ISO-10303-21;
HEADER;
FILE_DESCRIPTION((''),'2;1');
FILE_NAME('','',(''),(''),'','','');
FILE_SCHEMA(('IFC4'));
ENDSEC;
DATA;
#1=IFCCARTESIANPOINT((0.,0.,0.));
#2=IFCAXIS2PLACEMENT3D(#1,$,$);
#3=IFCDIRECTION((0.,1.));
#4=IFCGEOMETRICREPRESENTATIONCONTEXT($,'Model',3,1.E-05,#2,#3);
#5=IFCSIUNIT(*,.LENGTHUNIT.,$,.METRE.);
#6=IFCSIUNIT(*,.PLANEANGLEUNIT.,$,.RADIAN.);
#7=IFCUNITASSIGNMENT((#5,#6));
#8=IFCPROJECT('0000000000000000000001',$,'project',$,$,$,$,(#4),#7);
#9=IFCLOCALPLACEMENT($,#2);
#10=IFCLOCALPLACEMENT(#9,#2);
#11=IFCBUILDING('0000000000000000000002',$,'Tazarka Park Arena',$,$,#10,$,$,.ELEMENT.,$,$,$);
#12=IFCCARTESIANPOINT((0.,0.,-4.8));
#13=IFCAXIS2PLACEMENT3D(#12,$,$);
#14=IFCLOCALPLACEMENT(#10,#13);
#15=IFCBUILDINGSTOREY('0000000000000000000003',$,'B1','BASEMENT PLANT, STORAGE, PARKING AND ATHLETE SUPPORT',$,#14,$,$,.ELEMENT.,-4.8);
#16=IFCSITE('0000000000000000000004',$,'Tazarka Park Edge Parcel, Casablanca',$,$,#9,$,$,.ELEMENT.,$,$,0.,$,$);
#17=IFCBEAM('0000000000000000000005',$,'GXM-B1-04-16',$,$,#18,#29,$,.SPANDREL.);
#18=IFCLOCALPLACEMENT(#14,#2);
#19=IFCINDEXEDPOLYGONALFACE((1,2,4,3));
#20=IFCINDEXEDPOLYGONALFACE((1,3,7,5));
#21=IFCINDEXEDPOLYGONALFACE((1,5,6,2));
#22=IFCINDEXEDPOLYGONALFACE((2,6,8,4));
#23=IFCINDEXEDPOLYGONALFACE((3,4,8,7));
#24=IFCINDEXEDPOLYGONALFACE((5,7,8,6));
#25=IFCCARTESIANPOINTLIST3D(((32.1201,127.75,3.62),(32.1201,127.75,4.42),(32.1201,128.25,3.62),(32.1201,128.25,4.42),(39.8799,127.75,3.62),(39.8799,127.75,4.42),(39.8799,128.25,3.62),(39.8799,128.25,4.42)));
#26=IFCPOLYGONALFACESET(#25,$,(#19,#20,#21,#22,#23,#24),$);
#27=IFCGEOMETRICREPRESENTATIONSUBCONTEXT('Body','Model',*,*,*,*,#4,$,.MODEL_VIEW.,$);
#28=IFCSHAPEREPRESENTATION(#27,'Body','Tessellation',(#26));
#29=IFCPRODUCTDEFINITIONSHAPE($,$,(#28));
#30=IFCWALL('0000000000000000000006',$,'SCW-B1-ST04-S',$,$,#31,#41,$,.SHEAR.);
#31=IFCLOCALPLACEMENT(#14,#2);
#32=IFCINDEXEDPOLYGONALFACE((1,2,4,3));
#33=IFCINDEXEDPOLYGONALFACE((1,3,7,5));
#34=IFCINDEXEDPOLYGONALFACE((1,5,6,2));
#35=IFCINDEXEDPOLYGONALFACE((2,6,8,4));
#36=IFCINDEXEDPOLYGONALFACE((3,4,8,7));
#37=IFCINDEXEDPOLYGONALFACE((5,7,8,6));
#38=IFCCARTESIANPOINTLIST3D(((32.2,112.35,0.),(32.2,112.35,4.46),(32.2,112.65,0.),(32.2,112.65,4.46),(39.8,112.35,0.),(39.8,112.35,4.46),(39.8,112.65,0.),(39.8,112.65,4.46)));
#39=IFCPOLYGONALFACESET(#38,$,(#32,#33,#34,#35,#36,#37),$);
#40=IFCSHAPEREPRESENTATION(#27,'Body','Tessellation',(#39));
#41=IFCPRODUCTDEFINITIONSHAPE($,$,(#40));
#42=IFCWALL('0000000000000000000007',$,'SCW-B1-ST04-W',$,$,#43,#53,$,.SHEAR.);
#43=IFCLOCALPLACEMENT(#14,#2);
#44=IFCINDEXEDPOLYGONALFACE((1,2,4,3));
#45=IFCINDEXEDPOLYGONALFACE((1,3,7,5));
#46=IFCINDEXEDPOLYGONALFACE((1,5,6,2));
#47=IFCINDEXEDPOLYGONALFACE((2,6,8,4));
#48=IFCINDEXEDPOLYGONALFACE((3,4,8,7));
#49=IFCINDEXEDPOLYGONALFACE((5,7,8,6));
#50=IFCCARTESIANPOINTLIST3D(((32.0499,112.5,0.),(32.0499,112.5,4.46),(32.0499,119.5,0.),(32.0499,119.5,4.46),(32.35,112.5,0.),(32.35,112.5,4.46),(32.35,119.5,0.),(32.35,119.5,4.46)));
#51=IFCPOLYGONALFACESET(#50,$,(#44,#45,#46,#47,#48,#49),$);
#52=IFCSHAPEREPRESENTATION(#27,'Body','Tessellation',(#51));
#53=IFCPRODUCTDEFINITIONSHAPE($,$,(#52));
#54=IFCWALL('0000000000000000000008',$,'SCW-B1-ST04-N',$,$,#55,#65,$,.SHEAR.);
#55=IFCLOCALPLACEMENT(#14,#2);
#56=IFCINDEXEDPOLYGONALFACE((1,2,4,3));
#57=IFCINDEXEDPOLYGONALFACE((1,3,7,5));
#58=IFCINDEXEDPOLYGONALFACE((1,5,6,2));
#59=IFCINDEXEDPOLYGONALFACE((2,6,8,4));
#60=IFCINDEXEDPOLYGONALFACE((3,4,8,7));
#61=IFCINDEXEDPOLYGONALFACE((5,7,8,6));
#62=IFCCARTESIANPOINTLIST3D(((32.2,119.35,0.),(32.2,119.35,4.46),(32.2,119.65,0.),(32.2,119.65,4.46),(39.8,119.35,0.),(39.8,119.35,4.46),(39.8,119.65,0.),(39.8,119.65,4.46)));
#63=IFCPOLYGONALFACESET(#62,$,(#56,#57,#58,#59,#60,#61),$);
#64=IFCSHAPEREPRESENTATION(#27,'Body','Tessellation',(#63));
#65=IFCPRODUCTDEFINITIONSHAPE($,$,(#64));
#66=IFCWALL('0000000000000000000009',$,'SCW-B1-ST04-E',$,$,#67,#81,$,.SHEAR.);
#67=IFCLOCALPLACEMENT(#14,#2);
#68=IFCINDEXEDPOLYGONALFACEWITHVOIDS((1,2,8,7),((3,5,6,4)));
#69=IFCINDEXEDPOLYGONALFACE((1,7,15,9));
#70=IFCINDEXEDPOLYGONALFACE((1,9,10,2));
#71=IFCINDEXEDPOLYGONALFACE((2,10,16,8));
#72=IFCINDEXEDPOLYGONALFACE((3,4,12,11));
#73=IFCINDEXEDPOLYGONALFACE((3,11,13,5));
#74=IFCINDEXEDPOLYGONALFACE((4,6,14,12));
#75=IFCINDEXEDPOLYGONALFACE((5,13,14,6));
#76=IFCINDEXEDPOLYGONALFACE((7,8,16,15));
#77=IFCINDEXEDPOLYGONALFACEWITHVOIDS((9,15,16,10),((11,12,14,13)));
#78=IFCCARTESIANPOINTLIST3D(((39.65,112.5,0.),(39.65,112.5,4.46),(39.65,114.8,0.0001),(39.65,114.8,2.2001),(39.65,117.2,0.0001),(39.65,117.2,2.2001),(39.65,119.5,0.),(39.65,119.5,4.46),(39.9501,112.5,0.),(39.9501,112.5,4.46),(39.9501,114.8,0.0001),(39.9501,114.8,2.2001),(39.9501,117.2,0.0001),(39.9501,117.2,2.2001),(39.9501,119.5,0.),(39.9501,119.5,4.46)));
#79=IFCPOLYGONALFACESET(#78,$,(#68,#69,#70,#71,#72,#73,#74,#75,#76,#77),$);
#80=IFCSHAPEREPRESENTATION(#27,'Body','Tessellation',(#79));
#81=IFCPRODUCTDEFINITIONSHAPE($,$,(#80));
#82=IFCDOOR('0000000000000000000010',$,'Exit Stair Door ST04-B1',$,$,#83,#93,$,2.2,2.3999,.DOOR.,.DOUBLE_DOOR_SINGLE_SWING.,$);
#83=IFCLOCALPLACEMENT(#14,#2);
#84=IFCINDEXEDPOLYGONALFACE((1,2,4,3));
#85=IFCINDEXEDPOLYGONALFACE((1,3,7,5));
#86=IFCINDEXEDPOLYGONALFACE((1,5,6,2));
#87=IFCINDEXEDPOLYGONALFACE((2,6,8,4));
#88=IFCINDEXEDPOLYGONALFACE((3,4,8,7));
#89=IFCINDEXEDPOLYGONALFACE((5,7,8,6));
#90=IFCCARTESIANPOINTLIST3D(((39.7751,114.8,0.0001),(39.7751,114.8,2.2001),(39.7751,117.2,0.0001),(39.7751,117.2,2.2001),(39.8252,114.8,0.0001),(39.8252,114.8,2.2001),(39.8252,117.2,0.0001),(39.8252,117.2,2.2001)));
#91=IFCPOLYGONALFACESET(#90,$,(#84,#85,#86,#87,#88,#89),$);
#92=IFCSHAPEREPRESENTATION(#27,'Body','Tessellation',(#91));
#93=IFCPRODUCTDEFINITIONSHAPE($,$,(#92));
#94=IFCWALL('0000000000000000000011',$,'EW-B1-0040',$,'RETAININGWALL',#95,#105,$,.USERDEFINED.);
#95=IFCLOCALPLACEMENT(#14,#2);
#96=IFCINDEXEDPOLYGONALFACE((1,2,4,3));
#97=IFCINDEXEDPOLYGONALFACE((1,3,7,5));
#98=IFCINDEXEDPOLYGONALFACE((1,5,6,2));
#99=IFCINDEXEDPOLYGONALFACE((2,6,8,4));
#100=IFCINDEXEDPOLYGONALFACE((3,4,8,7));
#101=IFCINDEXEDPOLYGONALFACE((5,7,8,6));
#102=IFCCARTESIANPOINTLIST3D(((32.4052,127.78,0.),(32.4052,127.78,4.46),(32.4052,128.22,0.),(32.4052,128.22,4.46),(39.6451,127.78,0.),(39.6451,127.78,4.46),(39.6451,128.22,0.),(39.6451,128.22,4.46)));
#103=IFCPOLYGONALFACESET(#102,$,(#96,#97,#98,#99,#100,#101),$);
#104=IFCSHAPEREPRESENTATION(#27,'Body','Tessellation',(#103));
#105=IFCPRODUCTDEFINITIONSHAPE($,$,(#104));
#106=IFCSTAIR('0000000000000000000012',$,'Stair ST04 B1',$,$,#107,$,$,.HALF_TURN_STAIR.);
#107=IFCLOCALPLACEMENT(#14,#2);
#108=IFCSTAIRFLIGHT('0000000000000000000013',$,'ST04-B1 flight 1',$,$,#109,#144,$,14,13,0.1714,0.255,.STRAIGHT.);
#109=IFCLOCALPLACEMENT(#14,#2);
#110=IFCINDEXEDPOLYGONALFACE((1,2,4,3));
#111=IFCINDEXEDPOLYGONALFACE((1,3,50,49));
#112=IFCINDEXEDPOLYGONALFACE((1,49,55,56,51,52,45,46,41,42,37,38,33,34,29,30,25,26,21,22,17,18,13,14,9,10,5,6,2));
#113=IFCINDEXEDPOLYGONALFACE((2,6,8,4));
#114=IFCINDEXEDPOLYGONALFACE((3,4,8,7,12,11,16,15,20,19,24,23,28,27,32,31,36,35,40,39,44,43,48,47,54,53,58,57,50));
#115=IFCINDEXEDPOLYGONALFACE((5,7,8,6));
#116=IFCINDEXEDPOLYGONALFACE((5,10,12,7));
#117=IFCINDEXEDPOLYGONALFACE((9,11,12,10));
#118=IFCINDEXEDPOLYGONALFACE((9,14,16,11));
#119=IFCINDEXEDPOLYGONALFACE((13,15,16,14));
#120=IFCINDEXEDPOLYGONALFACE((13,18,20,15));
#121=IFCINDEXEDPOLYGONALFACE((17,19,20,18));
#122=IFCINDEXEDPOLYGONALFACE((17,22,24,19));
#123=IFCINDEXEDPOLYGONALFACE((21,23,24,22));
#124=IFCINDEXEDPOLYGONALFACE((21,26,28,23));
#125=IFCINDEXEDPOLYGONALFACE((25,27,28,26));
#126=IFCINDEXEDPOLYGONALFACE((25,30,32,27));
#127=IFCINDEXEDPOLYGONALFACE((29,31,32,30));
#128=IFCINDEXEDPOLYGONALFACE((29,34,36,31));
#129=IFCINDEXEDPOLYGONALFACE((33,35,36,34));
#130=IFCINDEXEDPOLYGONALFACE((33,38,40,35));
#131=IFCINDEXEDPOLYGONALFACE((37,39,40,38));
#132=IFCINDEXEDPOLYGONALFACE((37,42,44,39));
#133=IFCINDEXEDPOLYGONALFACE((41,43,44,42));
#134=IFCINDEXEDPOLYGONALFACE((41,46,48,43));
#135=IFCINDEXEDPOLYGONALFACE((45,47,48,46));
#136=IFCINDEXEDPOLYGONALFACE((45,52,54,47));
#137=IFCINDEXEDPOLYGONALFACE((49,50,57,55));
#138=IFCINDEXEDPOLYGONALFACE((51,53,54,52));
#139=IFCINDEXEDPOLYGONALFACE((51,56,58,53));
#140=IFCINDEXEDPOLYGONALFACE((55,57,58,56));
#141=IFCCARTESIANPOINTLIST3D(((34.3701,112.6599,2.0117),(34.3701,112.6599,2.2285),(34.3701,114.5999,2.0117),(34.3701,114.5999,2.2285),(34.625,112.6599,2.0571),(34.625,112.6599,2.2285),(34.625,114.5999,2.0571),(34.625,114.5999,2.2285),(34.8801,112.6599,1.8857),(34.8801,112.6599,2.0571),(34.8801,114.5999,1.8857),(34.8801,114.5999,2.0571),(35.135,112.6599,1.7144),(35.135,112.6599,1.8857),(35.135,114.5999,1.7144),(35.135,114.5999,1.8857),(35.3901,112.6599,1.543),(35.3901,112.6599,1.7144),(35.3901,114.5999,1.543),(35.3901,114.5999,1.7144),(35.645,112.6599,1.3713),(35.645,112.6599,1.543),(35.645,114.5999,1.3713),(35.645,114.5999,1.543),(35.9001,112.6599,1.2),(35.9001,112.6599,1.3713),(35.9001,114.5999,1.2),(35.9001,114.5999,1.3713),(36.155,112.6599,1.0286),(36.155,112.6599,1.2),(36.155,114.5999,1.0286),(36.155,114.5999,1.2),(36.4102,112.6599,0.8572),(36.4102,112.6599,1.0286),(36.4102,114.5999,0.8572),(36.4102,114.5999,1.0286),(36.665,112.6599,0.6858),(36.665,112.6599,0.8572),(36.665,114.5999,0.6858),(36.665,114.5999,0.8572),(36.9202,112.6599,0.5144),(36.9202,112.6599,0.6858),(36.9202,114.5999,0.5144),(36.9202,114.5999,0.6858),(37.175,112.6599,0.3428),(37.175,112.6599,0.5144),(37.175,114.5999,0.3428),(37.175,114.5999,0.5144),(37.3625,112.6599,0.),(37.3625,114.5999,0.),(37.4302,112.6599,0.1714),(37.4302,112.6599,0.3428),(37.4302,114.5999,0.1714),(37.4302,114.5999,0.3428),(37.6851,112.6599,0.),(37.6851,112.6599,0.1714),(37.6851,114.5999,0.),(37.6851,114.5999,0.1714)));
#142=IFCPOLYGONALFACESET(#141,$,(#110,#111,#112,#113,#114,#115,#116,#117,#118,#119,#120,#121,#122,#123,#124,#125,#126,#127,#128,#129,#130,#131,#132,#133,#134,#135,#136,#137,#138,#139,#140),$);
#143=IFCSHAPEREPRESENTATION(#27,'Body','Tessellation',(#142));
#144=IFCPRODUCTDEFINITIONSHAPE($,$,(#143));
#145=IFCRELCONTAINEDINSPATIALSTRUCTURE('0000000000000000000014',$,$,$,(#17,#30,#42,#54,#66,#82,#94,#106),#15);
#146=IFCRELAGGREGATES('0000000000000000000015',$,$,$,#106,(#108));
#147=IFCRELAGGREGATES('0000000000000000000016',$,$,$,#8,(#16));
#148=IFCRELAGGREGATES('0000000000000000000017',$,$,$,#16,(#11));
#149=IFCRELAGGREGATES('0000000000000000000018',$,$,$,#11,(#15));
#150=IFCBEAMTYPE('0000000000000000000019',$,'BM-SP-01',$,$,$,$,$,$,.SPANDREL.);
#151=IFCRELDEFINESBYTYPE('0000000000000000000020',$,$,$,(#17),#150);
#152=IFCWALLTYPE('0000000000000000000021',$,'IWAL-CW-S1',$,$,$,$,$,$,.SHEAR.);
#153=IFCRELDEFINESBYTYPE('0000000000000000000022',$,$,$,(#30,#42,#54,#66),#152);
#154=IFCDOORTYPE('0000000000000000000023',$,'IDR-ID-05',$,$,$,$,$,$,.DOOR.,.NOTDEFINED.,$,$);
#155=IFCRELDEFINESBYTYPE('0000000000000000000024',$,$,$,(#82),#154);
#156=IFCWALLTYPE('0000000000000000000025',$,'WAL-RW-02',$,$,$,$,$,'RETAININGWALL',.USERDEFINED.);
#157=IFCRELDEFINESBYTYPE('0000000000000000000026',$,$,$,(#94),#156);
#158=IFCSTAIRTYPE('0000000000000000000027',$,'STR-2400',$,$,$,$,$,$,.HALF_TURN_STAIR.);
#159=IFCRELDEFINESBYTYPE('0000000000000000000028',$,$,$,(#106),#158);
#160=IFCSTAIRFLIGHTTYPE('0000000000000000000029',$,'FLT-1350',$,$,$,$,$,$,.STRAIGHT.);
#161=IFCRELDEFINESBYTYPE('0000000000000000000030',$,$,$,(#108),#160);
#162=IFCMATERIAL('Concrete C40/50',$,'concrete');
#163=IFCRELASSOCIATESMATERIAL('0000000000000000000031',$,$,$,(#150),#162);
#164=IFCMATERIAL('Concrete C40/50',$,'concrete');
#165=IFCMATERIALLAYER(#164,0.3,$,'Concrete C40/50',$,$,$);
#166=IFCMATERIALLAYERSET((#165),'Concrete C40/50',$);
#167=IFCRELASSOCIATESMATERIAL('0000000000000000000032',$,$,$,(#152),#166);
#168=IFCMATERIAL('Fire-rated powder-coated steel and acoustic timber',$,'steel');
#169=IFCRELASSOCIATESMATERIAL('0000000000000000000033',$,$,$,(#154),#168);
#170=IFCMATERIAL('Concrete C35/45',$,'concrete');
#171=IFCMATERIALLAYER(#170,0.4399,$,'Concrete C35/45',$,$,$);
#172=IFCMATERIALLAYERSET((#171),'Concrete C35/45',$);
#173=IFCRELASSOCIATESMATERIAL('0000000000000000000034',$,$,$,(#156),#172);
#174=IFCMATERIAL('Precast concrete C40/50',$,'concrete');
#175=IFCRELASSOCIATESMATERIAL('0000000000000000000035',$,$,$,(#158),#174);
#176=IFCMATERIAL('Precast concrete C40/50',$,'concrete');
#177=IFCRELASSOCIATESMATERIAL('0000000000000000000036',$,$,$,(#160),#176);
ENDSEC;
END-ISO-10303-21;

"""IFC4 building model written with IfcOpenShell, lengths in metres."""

from ifc_helpers import new_model, si_unit, direction, frame, frame_2d, origin, origin_2d, place, context, subcontext, project, spatial, polyline, rectangle, outline, extrude, material, layer, layer_set, material_profile, profile_set, type_object, element, fill, aggregate, save


model = new_model("IFC4")

# Units and contexts
model_context = context("Model", 3, precision=1e-05, world=origin(), true_north=direction((0.0, 1.0)))
body_context = subcontext(model_context, "Body", "Model", "MODEL_VIEW")
ifc_project = project(units=[si_unit("LENGTHUNIT", "METRE"), si_unit("PLANEANGLEUNIT", "RADIAN")], contexts=[model_context])

# Site, building, storey
site_placement = place(None, origin())
site = spatial("IfcSite", under=ifc_project, at=site_placement, Name="Tazarka Park Edge Parcel, Casablanca", CompositionType="ELEMENT", RefElevation=0.0)
building_placement = place(site_placement, origin())
building = spatial("IfcBuilding", under=site, at=building_placement, Name="Tazarka Park Arena", CompositionType="ELEMENT")
storey_placement = place(building_placement, frame((0.0, 0.0, -4.8)))
storey = spatial("IfcBuildingStorey", under=building, at=storey_placement, Name="B1", Description="BASEMENT PLANT, STORAGE, PARKING AND ATHLETE SUPPORT", CompositionType="ELEMENT", Elevation=-4.8)

# Beam
ifc_material_1 = material(Name="Concrete C40/50", Category="concrete")
ifc_material_profile_1 = material_profile(ifc_material_1, rectangle(XDim=0.5, YDim=0.8, at=origin_2d()), Name="Concrete C40/50")
ifc_profile_set_1 = profile_set([ifc_material_profile_1], Name="Concrete C40/50")
beam_type_1 = type_object("IfcBeamType", Name="BM-SP-01", PredefinedType="SPANDREL", material=ifc_profile_set_1)
beam_1_placement = place(storey_placement, frame((32.1201, 128.0, 4.02), z_axis=(1.0, 0.0, 0.0), x_axis=(0.0, 1.0, 0.0)))
element("IfcBeam", 1, at=beam_1_placement, inside=storey, type_object=beam_type_1, Name="GXM-B1-04-16", PredefinedType="SPANDREL", context=body_context, shape_type="SweptSolid", body=[
    extrude(rectangle(XDim=0.5, YDim=0.8, at=origin_2d()), origin(), (0.0, 0.0, 1.0), 7.7598),
])

# Walls
ifc_material_2 = material(Name="Concrete C40/50", Category="concrete")
ifc_layer_1 = layer(ifc_material_2, 0.3, Name="Concrete C40/50")
ifc_layer_set_1 = layer_set([ifc_layer_1], Name="Concrete C40/50")
wall_type_1 = type_object("IfcWallType", Name="IWAL-CW-S1", PredefinedType="SHEAR", material=ifc_layer_set_1)
wall_1_placement = place(storey_placement, frame((39.8, 112.5, 0.0), z_axis=(0.0, 0.0, 1.0), x_axis=(-1.0, 0.0, 0.0)))
element("IfcWall", 2, at=wall_1_placement, inside=storey, type_object=wall_type_1, Name="SCW-B1-ST04-S", PredefinedType="SHEAR", context=body_context, shape_type="SweptSolid", body=[
    extrude(rectangle(XDim=7.6001, YDim=0.3, at=frame_2d((3.8, 0.0))), origin(), (0.0, 0.0, 1.0), 4.46),
])
wall_2_placement = place(storey_placement, frame((32.2, 112.5, 0.0), z_axis=(0.0, 0.0, 1.0), x_axis=(0.0, 1.0, 0.0)))
element("IfcWall", 3, at=wall_2_placement, inside=storey, type_object=wall_type_1, Name="SCW-B1-ST04-W", PredefinedType="SHEAR", context=body_context, shape_type="SweptSolid", body=[
    extrude(rectangle(XDim=7.0, YDim=0.3, at=frame_2d((3.5, 0.0))), origin(), (0.0, 0.0, 1.0), 4.46),
])
wall_3_placement = place(storey_placement, frame((32.2, 119.5, 0.0), z_axis=(0.0, 0.0, 1.0), x_axis=(1.0, 0.0, 0.0)))
element("IfcWall", 4, at=wall_3_placement, inside=storey, type_object=wall_type_1, Name="SCW-B1-ST04-N", PredefinedType="SHEAR", context=body_context, shape_type="SweptSolid", body=[
    extrude(rectangle(XDim=7.6001, YDim=0.3, at=frame_2d((3.8, 0.0))), origin(), (0.0, 0.0, 1.0), 4.46),
])

# Wall, opening, door
wall_4_placement = place(storey_placement, frame((39.8, 119.5, 0.0), z_axis=(0.0, 0.0, 1.0), x_axis=(0.0, -1.0, 0.0)))
wall_4 = element("IfcWall", 5, at=wall_4_placement, inside=storey, type_object=wall_type_1, Name="SCW-B1-ST04-E", PredefinedType="SHEAR", context=body_context, shape_type="SweptSolid", body=[
    extrude(rectangle(XDim=7.0, YDim=0.3, at=frame_2d((3.5, 0.0))), origin(), (0.0, 0.0, 1.0), 4.46),
])
opening_placement = place(wall_4_placement, frame((2.3, 0.0, 0.0)))
opening = element("IfcOpeningElement", 6, at=opening_placement, cuts=wall_4, PredefinedType="OPENING", context=body_context, shape_type="SweptSolid", body=[
    extrude(rectangle(XDim=2.3999, YDim=2.2, at=frame_2d((1.2, 1.1001))), frame((0.0, 0.1602, 0.0), z_axis=(0.0, -1.0, 0.0), x_axis=(1.0, 0.0, 0.0)), (0.0, 0.0, 1.0), 0.3201),
])
ifc_material_3 = material(Name="Fire-rated powder-coated steel and acoustic timber", Category="steel")
door_type = type_object("IfcDoorType", Name="IDR-ID-05", OperationType="NOTDEFINED", PredefinedType="DOOR", material=ifc_material_3)
door_placement = place(opening_placement, frame((2.3999, 0.0, 0.0), z_axis=(0.0, 0.0, 1.0), x_axis=(-1.0, 0.0, 0.0)))
door = element("IfcDoor", 7, at=door_placement, inside=storey, type_object=door_type, Name="Exit Stair Door ST04-B1", OperationType="DOUBLE_DOOR_SINGLE_SWING", OverallHeight=2.2, OverallWidth=2.3999, PredefinedType="DOOR", context=body_context, shape_type="SweptSolid", body=[
    extrude(rectangle(XDim=2.3999, YDim=2.2, at=frame_2d((1.2, 1.1001))), frame((0.0, 0.0249, 0.0), z_axis=(0.0, -1.0, 0.0), x_axis=(1.0, 0.0, 0.0)), (0.0, 0.0, 1.0), 0.05),
])
fill(opening, door)

# Wall
ifc_material_4 = material(Name="Concrete C35/45", Category="concrete")
ifc_layer_2 = layer(ifc_material_4, 0.4399, Name="Concrete C35/45")
ifc_layer_set_2 = layer_set([ifc_layer_2], Name="Concrete C35/45")
wall_type_2 = type_object("IfcWallType", Name="WAL-RW-02", ElementType="RETAININGWALL", PredefinedType="USERDEFINED", material=ifc_layer_set_2)
wall_5_placement = place(storey_placement, frame((32.405, 128.0, 0.0), z_axis=(0.0, 0.0, 1.0), x_axis=(1.0, 0.0, 0.0)))
element("IfcWall", 8, at=wall_5_placement, inside=storey, type_object=wall_type_2, Name="EW-B1-0040", ObjectType="RETAININGWALL", PredefinedType="USERDEFINED", context=body_context, shape_type="SweptSolid", body=[
    extrude(rectangle(XDim=7.24, YDim=0.4399, at=frame_2d((3.6201, 0.0))), origin(), (0.0, 0.0, 1.0), 4.46),
])

# Stair, stair flight
ifc_material_5 = material(Name="Precast concrete C40/50", Category="concrete")
stair_type = type_object("IfcStairType", Name="STR-2400", PredefinedType="HALF_TURN_STAIR", material=ifc_material_5)
stair_placement = place(storey_placement, origin())
stair = element("IfcStair", 9, at=stair_placement, inside=storey, type_object=stair_type, Name="Stair ST04 B1", PredefinedType="HALF_TURN_STAIR")
ifc_material_6 = material(Name="Precast concrete C40/50", Category="concrete")
stair_flight_type = type_object("IfcStairFlightType", Name="FLT-1350", PredefinedType="STRAIGHT", material=ifc_material_6)
stair_flight_1_placement = place(storey_placement, frame((37.6851, 113.6299, 0.0), z_axis=(0.0, 0.0, 1.0), x_axis=(-1.0, 0.0, 0.0)))
stair_flight_1 = element("IfcStairFlight", 10, at=stair_flight_1_placement, type_object=stair_flight_type, Name="ST04-B1 flight 1", NumberOfRisers=14, NumberOfTreads=13, PredefinedType="STRAIGHT", RiserHeight=0.1714, TreadLength=0.255, context=body_context, shape_type="SweptSolid", body=[
    extrude(outline(polyline([(0.0, 0.0), (0.0, 0.1714), (0.2549, 0.1714), (0.2549, 0.3428), (0.51, 0.3428), (0.51, 0.5144), (0.7649, 0.5144), (0.7649, 0.6858), (1.02, 0.6858), (1.02, 0.8572), (1.2749, 0.8572), (1.2749, 1.0286), (1.53, 1.0286), (1.53, 1.2), (1.7849, 1.2), (1.7849, 1.3713), (2.04, 1.3713), (2.04, 1.543), (2.2949, 1.543), (2.2949, 1.7144), (2.55, 1.7144), (2.55, 1.8857), (2.8049, 1.8857), (2.8049, 2.0571), (3.0601, 2.0571), (3.0601, 2.2285), (3.3149, 2.2285), (3.3149, 2.3999), (3.3149, 2.0117), (0.3225, 0.0), (0.0, 0.0)])), frame((0.0, 0.97, 0.0), z_axis=(0.0, -1.0, 0.0), x_axis=(1.0, 0.0, 0.0)), (0.0, 0.0, 1.0), 1.9399),
])
aggregate(stair, [stair_flight_1])

save(model, "model.ifc")
